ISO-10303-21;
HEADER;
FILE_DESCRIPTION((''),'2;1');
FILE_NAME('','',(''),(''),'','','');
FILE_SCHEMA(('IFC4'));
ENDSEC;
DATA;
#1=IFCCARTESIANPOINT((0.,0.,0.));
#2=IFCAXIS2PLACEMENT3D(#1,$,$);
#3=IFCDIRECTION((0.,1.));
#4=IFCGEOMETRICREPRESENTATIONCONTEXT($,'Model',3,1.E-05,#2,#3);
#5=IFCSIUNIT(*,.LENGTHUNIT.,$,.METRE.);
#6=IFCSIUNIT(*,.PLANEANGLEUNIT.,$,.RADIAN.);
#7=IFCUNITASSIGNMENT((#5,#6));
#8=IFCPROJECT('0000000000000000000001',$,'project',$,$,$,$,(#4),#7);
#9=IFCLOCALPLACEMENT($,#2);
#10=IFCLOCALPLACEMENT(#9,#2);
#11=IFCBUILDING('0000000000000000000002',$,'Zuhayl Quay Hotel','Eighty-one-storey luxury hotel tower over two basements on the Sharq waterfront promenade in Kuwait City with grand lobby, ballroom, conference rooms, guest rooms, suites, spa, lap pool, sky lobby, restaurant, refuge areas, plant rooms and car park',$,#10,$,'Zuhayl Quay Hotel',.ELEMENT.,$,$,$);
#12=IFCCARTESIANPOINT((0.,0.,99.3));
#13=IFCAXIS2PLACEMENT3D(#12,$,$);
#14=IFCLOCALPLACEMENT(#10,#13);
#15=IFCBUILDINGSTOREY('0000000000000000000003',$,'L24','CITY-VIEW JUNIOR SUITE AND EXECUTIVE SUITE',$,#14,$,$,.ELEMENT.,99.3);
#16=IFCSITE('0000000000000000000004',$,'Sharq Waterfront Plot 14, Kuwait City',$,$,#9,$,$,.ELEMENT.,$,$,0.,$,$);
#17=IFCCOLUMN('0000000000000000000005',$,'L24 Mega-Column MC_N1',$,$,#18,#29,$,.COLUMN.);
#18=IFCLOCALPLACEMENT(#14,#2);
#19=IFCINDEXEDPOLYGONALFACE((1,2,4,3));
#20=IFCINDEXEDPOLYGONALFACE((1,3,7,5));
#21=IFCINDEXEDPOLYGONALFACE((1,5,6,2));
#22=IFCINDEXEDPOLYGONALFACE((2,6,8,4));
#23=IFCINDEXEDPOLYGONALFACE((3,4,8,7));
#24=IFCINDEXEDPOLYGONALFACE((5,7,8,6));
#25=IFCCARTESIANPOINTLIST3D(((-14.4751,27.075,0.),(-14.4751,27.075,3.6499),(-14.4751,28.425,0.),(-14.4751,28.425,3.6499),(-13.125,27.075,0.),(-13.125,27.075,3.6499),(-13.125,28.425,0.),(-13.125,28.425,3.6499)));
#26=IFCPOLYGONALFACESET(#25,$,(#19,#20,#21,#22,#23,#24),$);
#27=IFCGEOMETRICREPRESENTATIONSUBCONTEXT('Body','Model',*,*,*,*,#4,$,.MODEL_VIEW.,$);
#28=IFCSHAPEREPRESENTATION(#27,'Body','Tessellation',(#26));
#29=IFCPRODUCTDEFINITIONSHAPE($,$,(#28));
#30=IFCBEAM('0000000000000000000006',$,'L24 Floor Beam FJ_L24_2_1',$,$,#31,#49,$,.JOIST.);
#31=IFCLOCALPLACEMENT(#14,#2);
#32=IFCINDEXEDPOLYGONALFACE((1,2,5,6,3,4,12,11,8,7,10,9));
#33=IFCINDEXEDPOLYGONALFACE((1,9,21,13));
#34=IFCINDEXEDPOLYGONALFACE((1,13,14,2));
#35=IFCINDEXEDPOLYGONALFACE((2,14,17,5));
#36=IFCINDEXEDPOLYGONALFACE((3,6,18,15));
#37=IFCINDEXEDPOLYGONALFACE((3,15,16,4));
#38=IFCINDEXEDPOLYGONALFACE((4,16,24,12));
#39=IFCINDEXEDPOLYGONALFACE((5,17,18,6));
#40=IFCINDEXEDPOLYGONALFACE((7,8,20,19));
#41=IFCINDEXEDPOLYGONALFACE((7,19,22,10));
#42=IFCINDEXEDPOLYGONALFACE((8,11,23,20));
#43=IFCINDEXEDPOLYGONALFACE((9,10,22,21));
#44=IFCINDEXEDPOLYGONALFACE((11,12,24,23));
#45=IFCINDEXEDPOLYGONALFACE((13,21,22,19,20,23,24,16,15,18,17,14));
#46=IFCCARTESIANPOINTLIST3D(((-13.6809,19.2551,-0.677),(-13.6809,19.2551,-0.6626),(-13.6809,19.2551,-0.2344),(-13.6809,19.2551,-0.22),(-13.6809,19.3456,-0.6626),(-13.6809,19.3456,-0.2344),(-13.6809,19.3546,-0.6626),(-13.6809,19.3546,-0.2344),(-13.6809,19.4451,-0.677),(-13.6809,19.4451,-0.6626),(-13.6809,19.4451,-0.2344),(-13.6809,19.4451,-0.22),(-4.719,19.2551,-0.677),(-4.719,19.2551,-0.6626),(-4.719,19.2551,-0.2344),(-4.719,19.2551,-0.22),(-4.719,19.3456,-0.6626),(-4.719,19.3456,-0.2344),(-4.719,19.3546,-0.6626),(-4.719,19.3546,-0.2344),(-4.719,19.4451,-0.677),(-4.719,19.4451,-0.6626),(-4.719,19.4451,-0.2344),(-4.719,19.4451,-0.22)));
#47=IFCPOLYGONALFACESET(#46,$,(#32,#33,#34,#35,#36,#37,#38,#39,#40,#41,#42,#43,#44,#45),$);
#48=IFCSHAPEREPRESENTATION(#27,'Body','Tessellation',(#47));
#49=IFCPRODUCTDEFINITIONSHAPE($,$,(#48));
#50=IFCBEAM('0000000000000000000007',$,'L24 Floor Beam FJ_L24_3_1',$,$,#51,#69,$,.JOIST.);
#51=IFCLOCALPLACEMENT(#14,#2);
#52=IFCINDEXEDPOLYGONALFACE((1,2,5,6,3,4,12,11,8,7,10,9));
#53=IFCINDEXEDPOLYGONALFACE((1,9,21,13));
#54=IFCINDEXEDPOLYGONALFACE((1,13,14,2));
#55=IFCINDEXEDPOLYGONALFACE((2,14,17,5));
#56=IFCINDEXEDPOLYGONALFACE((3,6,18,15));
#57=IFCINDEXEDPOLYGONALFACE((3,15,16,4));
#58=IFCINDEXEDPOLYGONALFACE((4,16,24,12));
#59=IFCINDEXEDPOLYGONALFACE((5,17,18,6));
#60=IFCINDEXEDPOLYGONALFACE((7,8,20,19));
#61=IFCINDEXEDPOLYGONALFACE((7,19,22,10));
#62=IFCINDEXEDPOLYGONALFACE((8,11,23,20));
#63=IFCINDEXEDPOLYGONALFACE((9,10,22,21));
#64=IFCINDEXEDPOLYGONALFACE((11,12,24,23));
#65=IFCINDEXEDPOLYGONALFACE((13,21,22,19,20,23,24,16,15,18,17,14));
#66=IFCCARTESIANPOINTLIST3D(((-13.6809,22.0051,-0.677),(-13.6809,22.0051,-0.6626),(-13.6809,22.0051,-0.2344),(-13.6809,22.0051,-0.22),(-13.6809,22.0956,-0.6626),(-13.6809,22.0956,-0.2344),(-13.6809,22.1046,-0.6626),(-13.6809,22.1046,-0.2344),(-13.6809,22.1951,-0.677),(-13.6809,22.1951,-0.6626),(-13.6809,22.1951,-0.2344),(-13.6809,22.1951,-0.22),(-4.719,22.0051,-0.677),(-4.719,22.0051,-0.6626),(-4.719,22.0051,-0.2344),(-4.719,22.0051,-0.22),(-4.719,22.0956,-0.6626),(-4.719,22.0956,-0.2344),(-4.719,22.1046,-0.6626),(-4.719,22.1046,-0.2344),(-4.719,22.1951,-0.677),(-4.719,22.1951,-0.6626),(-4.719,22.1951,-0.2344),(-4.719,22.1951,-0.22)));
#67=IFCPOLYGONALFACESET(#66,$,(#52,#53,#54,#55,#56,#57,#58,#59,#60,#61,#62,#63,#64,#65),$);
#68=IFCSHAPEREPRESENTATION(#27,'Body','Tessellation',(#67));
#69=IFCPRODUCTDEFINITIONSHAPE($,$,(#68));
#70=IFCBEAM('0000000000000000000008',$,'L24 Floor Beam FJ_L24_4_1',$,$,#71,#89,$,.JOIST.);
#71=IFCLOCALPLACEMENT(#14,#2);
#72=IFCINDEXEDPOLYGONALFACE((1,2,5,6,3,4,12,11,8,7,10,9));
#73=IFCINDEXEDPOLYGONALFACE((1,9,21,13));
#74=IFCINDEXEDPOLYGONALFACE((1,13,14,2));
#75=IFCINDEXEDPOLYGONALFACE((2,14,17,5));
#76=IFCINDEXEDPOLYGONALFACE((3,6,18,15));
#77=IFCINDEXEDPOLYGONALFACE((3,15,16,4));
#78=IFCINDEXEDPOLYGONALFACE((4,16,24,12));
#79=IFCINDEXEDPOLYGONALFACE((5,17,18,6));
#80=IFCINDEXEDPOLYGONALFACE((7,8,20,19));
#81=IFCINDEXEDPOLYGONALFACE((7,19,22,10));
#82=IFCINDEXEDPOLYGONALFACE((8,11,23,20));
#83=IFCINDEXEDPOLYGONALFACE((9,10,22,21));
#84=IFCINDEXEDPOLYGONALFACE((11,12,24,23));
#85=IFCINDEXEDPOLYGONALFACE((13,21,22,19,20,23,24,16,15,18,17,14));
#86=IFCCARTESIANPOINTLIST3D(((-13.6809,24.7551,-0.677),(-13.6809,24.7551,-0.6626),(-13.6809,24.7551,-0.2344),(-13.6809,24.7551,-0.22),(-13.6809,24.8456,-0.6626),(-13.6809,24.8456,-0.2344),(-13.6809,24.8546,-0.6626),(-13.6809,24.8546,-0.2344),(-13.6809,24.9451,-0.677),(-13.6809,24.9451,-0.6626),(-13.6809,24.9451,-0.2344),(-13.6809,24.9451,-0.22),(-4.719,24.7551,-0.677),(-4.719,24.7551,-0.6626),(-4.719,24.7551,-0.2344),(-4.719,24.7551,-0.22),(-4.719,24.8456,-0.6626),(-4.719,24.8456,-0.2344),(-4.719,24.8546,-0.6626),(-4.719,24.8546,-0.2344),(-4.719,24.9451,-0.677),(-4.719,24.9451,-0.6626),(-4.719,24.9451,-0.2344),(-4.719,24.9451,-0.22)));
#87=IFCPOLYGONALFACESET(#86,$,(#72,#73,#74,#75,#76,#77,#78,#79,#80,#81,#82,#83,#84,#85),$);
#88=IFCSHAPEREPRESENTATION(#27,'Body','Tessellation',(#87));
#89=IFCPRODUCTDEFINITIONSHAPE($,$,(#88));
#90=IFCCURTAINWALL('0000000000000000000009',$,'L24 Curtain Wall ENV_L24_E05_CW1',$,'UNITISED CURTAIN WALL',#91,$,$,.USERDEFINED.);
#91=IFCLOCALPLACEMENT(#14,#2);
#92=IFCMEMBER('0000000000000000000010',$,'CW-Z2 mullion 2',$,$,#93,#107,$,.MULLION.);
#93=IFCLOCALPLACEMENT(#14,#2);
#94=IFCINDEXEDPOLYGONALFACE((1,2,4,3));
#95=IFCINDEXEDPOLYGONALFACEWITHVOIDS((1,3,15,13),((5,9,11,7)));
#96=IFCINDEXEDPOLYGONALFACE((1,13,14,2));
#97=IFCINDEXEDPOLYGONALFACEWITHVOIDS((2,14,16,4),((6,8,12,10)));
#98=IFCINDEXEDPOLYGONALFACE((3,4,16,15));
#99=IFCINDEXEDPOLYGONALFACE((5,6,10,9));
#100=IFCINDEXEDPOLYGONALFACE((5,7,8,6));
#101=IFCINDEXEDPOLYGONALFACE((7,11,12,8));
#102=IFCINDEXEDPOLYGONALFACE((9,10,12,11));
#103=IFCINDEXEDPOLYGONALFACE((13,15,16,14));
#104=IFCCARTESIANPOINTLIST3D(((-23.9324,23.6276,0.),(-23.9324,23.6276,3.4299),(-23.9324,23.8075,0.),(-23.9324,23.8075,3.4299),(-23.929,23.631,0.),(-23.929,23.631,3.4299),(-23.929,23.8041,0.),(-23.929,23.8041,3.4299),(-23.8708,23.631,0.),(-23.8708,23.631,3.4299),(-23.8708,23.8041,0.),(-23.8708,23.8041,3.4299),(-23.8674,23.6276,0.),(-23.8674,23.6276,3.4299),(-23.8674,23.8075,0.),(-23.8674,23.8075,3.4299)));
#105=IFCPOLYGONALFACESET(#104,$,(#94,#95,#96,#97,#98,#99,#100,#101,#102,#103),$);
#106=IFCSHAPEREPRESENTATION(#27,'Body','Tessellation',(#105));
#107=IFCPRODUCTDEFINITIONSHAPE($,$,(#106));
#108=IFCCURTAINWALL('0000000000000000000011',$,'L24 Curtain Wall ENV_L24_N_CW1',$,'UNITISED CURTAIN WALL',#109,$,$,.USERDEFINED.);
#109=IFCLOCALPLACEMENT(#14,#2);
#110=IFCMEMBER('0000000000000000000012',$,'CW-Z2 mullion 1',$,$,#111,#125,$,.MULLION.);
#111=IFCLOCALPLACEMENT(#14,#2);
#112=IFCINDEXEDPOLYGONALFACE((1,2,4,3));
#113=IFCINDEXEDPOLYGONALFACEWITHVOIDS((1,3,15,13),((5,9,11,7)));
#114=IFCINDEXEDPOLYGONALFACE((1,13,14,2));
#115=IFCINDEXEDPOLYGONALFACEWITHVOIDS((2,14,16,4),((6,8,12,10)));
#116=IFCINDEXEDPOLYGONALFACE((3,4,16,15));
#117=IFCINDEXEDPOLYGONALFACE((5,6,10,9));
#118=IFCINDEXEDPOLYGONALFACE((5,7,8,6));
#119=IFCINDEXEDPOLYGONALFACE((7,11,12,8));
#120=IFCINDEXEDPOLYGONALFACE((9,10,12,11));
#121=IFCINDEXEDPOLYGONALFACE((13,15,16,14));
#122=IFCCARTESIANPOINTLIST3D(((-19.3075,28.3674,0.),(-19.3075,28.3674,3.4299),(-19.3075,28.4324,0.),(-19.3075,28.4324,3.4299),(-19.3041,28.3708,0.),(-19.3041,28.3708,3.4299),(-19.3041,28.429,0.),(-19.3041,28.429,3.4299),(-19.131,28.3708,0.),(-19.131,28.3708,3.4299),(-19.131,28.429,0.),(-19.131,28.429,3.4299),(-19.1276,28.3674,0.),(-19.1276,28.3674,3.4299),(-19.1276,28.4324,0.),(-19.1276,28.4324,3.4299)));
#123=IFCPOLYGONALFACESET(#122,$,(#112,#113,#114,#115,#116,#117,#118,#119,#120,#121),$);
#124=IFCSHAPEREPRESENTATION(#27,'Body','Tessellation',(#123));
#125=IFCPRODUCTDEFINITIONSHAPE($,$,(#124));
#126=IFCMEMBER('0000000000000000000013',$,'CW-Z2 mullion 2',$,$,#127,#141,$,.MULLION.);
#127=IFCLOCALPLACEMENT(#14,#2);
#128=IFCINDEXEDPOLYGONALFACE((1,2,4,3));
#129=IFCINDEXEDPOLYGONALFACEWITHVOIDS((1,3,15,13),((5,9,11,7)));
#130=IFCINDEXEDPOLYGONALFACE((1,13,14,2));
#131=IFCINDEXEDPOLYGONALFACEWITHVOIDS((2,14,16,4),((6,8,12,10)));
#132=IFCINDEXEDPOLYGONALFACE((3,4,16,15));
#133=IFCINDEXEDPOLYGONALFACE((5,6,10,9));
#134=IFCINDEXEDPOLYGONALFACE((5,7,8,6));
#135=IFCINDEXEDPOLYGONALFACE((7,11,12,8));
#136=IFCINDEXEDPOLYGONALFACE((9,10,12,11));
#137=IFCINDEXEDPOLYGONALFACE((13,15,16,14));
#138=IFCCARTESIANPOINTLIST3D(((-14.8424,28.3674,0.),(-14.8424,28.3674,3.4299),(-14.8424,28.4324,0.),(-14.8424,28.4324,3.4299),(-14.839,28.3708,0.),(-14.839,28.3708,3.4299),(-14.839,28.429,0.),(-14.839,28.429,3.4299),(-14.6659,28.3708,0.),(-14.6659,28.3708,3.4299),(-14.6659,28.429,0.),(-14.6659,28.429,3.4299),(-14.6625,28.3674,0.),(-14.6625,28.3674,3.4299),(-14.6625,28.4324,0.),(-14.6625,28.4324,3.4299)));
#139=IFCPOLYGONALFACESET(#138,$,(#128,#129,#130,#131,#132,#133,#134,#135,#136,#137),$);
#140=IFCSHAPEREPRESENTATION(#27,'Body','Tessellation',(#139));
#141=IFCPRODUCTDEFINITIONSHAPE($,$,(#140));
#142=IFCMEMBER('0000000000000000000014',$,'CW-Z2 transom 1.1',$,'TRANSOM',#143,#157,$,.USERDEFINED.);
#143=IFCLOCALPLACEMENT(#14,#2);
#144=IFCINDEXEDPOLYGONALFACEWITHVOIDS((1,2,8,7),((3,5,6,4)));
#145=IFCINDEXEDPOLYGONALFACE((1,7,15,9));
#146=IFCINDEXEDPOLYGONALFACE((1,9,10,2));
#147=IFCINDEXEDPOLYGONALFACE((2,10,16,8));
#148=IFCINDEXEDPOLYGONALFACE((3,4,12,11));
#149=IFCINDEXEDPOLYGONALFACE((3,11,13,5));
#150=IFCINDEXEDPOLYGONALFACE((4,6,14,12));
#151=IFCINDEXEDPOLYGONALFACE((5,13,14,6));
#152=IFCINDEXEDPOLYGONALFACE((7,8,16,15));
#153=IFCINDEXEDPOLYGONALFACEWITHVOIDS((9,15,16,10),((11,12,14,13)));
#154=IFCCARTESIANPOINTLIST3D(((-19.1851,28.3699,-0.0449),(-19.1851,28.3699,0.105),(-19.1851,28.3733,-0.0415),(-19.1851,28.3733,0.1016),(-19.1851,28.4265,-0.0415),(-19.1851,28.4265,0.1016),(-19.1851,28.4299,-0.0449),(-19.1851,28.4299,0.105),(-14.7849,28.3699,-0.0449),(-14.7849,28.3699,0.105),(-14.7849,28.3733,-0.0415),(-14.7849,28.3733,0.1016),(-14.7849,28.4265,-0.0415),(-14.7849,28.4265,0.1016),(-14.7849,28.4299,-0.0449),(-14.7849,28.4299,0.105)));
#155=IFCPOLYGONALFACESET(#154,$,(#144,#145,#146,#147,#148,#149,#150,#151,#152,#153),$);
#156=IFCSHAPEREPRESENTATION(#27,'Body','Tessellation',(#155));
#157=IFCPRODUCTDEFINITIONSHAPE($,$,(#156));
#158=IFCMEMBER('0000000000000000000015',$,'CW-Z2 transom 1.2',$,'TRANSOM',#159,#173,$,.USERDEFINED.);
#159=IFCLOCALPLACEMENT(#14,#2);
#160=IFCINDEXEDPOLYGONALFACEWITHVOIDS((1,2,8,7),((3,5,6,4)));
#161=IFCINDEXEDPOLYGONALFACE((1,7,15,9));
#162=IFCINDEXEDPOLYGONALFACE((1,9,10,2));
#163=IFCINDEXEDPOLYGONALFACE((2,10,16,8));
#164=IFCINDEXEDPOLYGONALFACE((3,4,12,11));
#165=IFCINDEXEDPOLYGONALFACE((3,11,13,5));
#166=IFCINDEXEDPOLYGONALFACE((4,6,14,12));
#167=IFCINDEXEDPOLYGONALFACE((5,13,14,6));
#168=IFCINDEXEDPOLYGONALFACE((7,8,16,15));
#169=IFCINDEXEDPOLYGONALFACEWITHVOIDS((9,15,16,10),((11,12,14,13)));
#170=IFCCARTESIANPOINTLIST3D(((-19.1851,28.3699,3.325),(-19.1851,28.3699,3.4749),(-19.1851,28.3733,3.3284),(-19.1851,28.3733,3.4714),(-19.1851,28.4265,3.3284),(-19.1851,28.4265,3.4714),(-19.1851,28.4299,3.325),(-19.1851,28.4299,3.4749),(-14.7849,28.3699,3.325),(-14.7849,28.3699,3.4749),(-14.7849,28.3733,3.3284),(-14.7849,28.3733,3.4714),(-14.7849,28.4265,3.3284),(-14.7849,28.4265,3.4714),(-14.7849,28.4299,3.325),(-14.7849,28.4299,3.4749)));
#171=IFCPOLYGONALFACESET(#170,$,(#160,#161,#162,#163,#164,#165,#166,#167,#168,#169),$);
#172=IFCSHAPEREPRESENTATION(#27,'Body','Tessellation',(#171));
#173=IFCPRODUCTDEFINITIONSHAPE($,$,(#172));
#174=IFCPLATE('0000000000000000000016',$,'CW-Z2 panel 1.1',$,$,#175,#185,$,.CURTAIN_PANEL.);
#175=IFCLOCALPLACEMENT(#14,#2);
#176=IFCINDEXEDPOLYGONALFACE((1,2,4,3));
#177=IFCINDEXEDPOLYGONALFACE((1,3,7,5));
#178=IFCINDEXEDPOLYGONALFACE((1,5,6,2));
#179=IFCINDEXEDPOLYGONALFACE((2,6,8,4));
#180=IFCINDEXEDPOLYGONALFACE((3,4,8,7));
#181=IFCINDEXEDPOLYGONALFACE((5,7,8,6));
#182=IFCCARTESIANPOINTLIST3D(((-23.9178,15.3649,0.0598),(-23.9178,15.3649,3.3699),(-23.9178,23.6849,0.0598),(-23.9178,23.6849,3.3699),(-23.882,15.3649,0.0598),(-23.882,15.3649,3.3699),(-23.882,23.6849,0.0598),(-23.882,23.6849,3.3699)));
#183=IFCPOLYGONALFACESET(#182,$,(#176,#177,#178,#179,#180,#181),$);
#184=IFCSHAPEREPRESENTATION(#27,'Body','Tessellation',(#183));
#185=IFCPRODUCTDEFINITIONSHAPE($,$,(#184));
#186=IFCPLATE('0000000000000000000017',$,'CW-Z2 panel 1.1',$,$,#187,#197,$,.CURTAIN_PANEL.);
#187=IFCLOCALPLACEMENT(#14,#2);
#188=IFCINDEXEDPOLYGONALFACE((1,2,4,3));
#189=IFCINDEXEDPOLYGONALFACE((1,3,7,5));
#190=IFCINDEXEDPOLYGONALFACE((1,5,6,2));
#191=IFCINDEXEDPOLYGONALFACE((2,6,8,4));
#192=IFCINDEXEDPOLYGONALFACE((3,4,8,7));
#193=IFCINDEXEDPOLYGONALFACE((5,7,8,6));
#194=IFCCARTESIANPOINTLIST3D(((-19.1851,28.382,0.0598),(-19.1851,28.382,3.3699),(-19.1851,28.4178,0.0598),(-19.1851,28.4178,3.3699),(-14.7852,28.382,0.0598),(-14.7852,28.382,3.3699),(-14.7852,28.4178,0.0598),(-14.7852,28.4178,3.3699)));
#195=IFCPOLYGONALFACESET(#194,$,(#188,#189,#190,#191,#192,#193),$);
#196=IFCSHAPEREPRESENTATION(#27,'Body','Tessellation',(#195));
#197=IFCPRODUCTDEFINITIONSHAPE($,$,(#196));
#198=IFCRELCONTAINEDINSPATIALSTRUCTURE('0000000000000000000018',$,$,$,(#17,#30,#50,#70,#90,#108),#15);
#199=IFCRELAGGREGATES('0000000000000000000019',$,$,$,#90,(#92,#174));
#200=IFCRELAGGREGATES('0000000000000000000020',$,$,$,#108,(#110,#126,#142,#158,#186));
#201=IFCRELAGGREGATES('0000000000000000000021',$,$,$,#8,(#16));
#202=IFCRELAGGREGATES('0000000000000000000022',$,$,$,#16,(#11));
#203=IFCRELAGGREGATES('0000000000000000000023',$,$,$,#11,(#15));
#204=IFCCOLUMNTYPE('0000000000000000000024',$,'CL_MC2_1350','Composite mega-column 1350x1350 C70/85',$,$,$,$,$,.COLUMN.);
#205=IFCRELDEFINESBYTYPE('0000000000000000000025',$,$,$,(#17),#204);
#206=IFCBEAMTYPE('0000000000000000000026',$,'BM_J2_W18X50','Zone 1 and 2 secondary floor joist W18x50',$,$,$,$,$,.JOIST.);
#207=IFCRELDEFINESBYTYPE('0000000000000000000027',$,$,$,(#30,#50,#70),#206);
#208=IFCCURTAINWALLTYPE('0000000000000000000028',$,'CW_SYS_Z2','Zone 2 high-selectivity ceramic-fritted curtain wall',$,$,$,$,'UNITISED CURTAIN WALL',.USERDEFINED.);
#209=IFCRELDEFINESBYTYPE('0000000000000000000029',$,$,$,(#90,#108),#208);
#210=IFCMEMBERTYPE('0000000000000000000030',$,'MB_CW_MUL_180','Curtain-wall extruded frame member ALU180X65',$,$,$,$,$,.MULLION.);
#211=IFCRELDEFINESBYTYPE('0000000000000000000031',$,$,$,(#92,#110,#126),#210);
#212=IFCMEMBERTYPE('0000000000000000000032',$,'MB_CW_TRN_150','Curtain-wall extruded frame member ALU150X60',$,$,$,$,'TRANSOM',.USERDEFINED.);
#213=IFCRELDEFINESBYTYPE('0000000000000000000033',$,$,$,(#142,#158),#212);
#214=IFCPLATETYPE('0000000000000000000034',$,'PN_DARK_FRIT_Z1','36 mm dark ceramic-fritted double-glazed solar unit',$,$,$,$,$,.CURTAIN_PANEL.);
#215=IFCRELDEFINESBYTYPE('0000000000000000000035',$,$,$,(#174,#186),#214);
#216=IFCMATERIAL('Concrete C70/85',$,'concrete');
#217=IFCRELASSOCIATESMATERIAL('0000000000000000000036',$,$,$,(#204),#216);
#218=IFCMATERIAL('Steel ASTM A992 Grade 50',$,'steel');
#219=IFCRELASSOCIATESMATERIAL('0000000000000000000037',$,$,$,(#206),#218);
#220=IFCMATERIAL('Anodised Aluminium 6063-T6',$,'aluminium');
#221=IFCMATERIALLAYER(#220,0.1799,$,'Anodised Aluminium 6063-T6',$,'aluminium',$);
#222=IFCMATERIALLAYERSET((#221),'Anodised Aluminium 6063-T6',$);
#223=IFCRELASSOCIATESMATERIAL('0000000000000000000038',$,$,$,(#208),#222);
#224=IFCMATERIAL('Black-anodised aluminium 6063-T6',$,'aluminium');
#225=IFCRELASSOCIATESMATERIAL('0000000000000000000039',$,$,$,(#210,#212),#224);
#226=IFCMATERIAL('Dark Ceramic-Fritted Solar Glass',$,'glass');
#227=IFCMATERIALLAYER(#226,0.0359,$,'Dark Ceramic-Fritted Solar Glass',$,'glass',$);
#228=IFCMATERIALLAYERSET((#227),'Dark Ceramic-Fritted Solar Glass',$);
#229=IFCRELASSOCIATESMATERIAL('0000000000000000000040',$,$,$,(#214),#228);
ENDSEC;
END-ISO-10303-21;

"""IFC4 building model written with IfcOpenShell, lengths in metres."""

from ifc_helpers import new_model, si_unit, direction, frame, origin, origin_2d, place, context, subcontext, project, spatial, rectangle, hollow_rectangle, i_section, extrude, material, layer, layer_set, material_profile, profile_set, type_object, element, aggregate, save


model = new_model("IFC4")

# Units and contexts
model_context = context("Model", 3, precision=1e-05, world=origin(), true_north=direction((0.0, 1.0)))
body_context = subcontext(model_context, "Body", "Model", "MODEL_VIEW")
ifc_project = project(units=[si_unit("LENGTHUNIT", "METRE"), si_unit("PLANEANGLEUNIT", "RADIAN")], contexts=[model_context])

# Site, building, storey
site_placement = place(None, origin())
site = spatial("IfcSite", under=ifc_project, at=site_placement, Name="Sharq Waterfront Plot 14, Kuwait City", CompositionType="ELEMENT", RefElevation=0.0)
building_placement = place(site_placement, origin())
building = spatial("IfcBuilding", under=site, at=building_placement, Name="Zuhayl Quay Hotel", Description="Eighty-one-storey luxury hotel tower over two basements on the Sharq waterfront promenade in Kuwait City with grand lobby, ballroom, conference rooms, guest rooms, suites, spa, lap pool, sky lobby, restaurant, refuge areas, plant rooms and car park", LongName="Zuhayl Quay Hotel", CompositionType="ELEMENT")
storey_placement = place(building_placement, frame((0.0, 0.0, 99.3)))
storey = spatial("IfcBuildingStorey", under=building, at=storey_placement, Name="L24", Description="CITY-VIEW JUNIOR SUITE AND EXECUTIVE SUITE", CompositionType="ELEMENT", Elevation=99.3)

# Column
ifc_material_1 = material(Name="Concrete C70/85", Category="concrete")
ifc_material_profile_1 = material_profile(ifc_material_1, rectangle(XDim=1.3501, YDim=1.3501, at=origin_2d()), Name="RC1350X1350")
ifc_profile_set_1 = profile_set([ifc_material_profile_1], Name="Concrete C70/85")
column_type = type_object("IfcColumnType", Name="CL_MC2_1350", Description="Composite mega-column 1350x1350 C70/85", PredefinedType="COLUMN", material=ifc_profile_set_1)
column_placement = place(storey_placement, frame((-13.8, 27.75, 0.0), z_axis=(0.0, 0.0, 1.0), x_axis=(1.0, 0.0, 0.0)))
element("IfcColumn", 1, at=column_placement, inside=storey, type_object=column_type, Name="L24 Mega-Column MC_N1", PredefinedType="COLUMN", context=body_context, shape_type="SweptSolid", body=[
    extrude(rectangle(XDim=1.3501, YDim=1.3501, at=origin_2d()), origin(), (0.0, 0.0, 1.0), 3.6499),
])

# Beams
ifc_material_2 = material(Name="Steel ASTM A992 Grade 50", Category="steel")
ifc_material_profile_2 = material_profile(ifc_material_2, i_section(OverallWidth=0.1899, OverallDepth=0.457, WebThickness=0.009, FlangeThickness=0.0144, at=origin_2d()), Name="W18X50")
ifc_profile_set_2 = profile_set([ifc_material_profile_2], Name="Steel ASTM A992 Grade 50")
beam_type = type_object("IfcBeamType", Name="BM_J2_W18X50", Description="Zone 1 and 2 secondary floor joist W18x50", PredefinedType="JOIST", material=ifc_profile_set_2)
for number, where, z_axis, x_axis, name in (
    (2, (-13.6809, 19.3501, -0.4485), (1.0, 0.0, 0.0), (0.0, 1.0, 0.0), "L24 Floor Beam FJ_L24_2_1"),
    (3, (-13.6809, 22.1001, -0.4485), (1.0, 0.0, 0.0), (0.0, 1.0, 0.0), "L24 Floor Beam FJ_L24_3_1"),
    (4, (-13.6809, 24.8501, -0.4485), (1.0, 0.0, 0.0), (0.0, 1.0, 0.0), "L24 Floor Beam FJ_L24_4_1"),
):
    element("IfcBeam", number, at=place(storey_placement, frame(where, z_axis=z_axis, x_axis=x_axis)), inside=storey, type_object=beam_type, Name=name, PredefinedType="JOIST", context=body_context, shape_type="SweptSolid", body=[
        extrude(i_section(OverallWidth=0.1899, OverallDepth=0.457, WebThickness=0.009, FlangeThickness=0.0144, at=origin_2d()), origin(), (0.0, 0.0, 1.0), 8.9619),
    ])

# Curtain wall, member
ifc_material_3 = material(Name="Anodised Aluminium 6063-T6", Category="aluminium")
ifc_layer_1 = layer(ifc_material_3, 0.1799, Name="Anodised Aluminium 6063-T6", Category="aluminium")
ifc_layer_set_1 = layer_set([ifc_layer_1], Name="Anodised Aluminium 6063-T6")
curtain_wall_type = type_object("IfcCurtainWallType", Name="CW_SYS_Z2", Description="Zone 2 high-selectivity ceramic-fritted curtain wall", ElementType="UNITISED CURTAIN WALL", PredefinedType="USERDEFINED", material=ifc_layer_set_1)
curtain_wall_1_placement = place(storey_placement, origin())
curtain_wall_1 = element("IfcCurtainWall", 5, at=curtain_wall_1_placement, inside=storey, type_object=curtain_wall_type, Name="L24 Curtain Wall ENV_L24_E05_CW1", ObjectType="UNITISED CURTAIN WALL", PredefinedType="USERDEFINED")
ifc_material_4 = material(Name="Black-anodised aluminium 6063-T6", Category="aluminium")
ifc_material_profile_3 = material_profile(ifc_material_4, hollow_rectangle(XDim=0.0649, YDim=0.1799, WallThickness=0.0034, at=origin_2d()), Name="ALU180X65")
ifc_profile_set_3 = profile_set([ifc_material_profile_3], Name="Black-anodised aluminium 6063-T6")
member_type_1 = type_object("IfcMemberType", Name="MB_CW_MUL_180", Description="Curtain-wall extruded frame member ALU180X65", PredefinedType="MULLION", material=ifc_profile_set_3)
member_1_placement = place(storey_placement, frame((-23.8999, 23.7175, 0.0), z_axis=(0.0, 0.0, 1.0), x_axis=(-1.0, 0.0, 0.0)))
member_1 = element("IfcMember", 6, at=member_1_placement, type_object=member_type_1, Name="CW-Z2 mullion 2", PredefinedType="MULLION", context=body_context, shape_type="SweptSolid", body=[
    extrude(hollow_rectangle(XDim=0.0649, YDim=0.1799, WallThickness=0.0034, at=origin_2d()), origin(), (0.0, 0.0, 1.0), 3.4299),
])

# Curtain wall, members
curtain_wall_2_placement = place(storey_placement, origin())
curtain_wall_2 = element("IfcCurtainWall", 7, at=curtain_wall_2_placement, inside=storey, type_object=curtain_wall_type, Name="L24 Curtain Wall ENV_L24_N_CW1", ObjectType="UNITISED CURTAIN WALL", PredefinedType="USERDEFINED")
member_2_placement = place(storey_placement, frame((-19.2175, 28.3999, 0.0), z_axis=(0.0, 0.0, 1.0), x_axis=(0.0, 1.0, 0.0)))
member_2 = element("IfcMember", 8, at=member_2_placement, type_object=member_type_1, Name="CW-Z2 mullion 1", PredefinedType="MULLION", context=body_context, shape_type="SweptSolid", body=[
    extrude(hollow_rectangle(XDim=0.0649, YDim=0.1799, WallThickness=0.0034, at=origin_2d()), origin(), (0.0, 0.0, 1.0), 3.4299),
])
member_3_placement = place(storey_placement, frame((-14.7524, 28.3999, 0.0), z_axis=(0.0, 0.0, 1.0), x_axis=(0.0, 1.0, 0.0)))
member_3 = element("IfcMember", 9, at=member_3_placement, type_object=member_type_1, Name="CW-Z2 mullion 2", PredefinedType="MULLION", context=body_context, shape_type="SweptSolid", body=[
    extrude(hollow_rectangle(XDim=0.0649, YDim=0.1799, WallThickness=0.0034, at=origin_2d()), origin(), (0.0, 0.0, 1.0), 3.4299),
])
ifc_material_profile_4 = material_profile(ifc_material_4, hollow_rectangle(XDim=0.0601, YDim=0.1499, WallThickness=0.0034, at=origin_2d()), Name="ALU150X60")
ifc_profile_set_4 = profile_set([ifc_material_profile_4], Name="Black-anodised aluminium 6063-T6")
member_type_2 = type_object("IfcMemberType", Name="MB_CW_TRN_150", Description="Curtain-wall extruded frame member ALU150X60", ElementType="TRANSOM", PredefinedType="USERDEFINED", material=ifc_profile_set_4)
member_4_placement = place(storey_placement, frame((-19.1851, 28.3999, 0.03), z_axis=(1.0, 0.0, 0.0), x_axis=(0.0, 1.0, 0.0)))
member_4 = element("IfcMember", 10, at=member_4_placement, type_object=member_type_2, Name="CW-Z2 transom 1.1", ObjectType="TRANSOM", PredefinedType="USERDEFINED", context=body_context, shape_type="SweptSolid", body=[
    extrude(hollow_rectangle(XDim=0.0601, YDim=0.1499, WallThickness=0.0034, at=origin_2d()), origin(), (0.0, 0.0, 1.0), 4.4001),
])
member_5_placement = place(storey_placement, frame((-19.1851, 28.3999, 3.3999), z_axis=(1.0, 0.0, 0.0), x_axis=(0.0, 1.0, 0.0)))
member_5 = element("IfcMember", 11, at=member_5_placement, type_object=member_type_2, Name="CW-Z2 transom 1.2", ObjectType="TRANSOM", PredefinedType="USERDEFINED", context=body_context, shape_type="SweptSolid", body=[
    extrude(hollow_rectangle(XDim=0.0601, YDim=0.1499, WallThickness=0.0034, at=origin_2d()), origin(), (0.0, 0.0, 1.0), 4.4001),
])

# Plates
ifc_material_5 = material(Name="Dark Ceramic-Fritted Solar Glass", Category="glass")
ifc_layer_2 = layer(ifc_material_5, 0.0359, Name="Dark Ceramic-Fritted Solar Glass", Category="glass")
ifc_layer_set_2 = layer_set([ifc_layer_2], Name="Dark Ceramic-Fritted Solar Glass")
plate_type = type_object("IfcPlateType", Name="PN_DARK_FRIT_Z1", Description="36 mm dark ceramic-fritted double-glazed solar unit", PredefinedType="CURTAIN_PANEL", material=ifc_layer_set_2)
plate_1_placement = place(storey_placement, frame((-23.8999, 19.5249, 0.0598), z_axis=(0.0, 0.0, 1.0), x_axis=(0.0, 1.0, 0.0)))
plate_1 = element("IfcPlate", 12, at=plate_1_placement, type_object=plate_type, Name="CW-Z2 panel 1.1", PredefinedType="CURTAIN_PANEL", context=body_context, shape_type="SweptSolid", body=[
    extrude(rectangle(XDim=8.3201, YDim=0.0359, at=origin_2d()), origin(), (0.0, 0.0, 1.0), 3.3101),
])
aggregate(curtain_wall_1, [member_1, plate_1])
plate_2_placement = place(storey_placement, frame((-16.9851, 28.3999, 0.0598), z_axis=(0.0, 0.0, 1.0), x_axis=(1.0, 0.0, 0.0)))
plate_2 = element("IfcPlate", 13, at=plate_2_placement, type_object=plate_type, Name="CW-Z2 panel 1.1", PredefinedType="CURTAIN_PANEL", context=body_context, shape_type="SweptSolid", body=[
    extrude(rectangle(XDim=4.3999, YDim=0.0359, at=origin_2d()), origin(), (0.0, 0.0, 1.0), 3.3101),
])
aggregate(curtain_wall_2, [member_2, member_3, member_4, member_5, plate_2])

save(model, "model.ifc")
